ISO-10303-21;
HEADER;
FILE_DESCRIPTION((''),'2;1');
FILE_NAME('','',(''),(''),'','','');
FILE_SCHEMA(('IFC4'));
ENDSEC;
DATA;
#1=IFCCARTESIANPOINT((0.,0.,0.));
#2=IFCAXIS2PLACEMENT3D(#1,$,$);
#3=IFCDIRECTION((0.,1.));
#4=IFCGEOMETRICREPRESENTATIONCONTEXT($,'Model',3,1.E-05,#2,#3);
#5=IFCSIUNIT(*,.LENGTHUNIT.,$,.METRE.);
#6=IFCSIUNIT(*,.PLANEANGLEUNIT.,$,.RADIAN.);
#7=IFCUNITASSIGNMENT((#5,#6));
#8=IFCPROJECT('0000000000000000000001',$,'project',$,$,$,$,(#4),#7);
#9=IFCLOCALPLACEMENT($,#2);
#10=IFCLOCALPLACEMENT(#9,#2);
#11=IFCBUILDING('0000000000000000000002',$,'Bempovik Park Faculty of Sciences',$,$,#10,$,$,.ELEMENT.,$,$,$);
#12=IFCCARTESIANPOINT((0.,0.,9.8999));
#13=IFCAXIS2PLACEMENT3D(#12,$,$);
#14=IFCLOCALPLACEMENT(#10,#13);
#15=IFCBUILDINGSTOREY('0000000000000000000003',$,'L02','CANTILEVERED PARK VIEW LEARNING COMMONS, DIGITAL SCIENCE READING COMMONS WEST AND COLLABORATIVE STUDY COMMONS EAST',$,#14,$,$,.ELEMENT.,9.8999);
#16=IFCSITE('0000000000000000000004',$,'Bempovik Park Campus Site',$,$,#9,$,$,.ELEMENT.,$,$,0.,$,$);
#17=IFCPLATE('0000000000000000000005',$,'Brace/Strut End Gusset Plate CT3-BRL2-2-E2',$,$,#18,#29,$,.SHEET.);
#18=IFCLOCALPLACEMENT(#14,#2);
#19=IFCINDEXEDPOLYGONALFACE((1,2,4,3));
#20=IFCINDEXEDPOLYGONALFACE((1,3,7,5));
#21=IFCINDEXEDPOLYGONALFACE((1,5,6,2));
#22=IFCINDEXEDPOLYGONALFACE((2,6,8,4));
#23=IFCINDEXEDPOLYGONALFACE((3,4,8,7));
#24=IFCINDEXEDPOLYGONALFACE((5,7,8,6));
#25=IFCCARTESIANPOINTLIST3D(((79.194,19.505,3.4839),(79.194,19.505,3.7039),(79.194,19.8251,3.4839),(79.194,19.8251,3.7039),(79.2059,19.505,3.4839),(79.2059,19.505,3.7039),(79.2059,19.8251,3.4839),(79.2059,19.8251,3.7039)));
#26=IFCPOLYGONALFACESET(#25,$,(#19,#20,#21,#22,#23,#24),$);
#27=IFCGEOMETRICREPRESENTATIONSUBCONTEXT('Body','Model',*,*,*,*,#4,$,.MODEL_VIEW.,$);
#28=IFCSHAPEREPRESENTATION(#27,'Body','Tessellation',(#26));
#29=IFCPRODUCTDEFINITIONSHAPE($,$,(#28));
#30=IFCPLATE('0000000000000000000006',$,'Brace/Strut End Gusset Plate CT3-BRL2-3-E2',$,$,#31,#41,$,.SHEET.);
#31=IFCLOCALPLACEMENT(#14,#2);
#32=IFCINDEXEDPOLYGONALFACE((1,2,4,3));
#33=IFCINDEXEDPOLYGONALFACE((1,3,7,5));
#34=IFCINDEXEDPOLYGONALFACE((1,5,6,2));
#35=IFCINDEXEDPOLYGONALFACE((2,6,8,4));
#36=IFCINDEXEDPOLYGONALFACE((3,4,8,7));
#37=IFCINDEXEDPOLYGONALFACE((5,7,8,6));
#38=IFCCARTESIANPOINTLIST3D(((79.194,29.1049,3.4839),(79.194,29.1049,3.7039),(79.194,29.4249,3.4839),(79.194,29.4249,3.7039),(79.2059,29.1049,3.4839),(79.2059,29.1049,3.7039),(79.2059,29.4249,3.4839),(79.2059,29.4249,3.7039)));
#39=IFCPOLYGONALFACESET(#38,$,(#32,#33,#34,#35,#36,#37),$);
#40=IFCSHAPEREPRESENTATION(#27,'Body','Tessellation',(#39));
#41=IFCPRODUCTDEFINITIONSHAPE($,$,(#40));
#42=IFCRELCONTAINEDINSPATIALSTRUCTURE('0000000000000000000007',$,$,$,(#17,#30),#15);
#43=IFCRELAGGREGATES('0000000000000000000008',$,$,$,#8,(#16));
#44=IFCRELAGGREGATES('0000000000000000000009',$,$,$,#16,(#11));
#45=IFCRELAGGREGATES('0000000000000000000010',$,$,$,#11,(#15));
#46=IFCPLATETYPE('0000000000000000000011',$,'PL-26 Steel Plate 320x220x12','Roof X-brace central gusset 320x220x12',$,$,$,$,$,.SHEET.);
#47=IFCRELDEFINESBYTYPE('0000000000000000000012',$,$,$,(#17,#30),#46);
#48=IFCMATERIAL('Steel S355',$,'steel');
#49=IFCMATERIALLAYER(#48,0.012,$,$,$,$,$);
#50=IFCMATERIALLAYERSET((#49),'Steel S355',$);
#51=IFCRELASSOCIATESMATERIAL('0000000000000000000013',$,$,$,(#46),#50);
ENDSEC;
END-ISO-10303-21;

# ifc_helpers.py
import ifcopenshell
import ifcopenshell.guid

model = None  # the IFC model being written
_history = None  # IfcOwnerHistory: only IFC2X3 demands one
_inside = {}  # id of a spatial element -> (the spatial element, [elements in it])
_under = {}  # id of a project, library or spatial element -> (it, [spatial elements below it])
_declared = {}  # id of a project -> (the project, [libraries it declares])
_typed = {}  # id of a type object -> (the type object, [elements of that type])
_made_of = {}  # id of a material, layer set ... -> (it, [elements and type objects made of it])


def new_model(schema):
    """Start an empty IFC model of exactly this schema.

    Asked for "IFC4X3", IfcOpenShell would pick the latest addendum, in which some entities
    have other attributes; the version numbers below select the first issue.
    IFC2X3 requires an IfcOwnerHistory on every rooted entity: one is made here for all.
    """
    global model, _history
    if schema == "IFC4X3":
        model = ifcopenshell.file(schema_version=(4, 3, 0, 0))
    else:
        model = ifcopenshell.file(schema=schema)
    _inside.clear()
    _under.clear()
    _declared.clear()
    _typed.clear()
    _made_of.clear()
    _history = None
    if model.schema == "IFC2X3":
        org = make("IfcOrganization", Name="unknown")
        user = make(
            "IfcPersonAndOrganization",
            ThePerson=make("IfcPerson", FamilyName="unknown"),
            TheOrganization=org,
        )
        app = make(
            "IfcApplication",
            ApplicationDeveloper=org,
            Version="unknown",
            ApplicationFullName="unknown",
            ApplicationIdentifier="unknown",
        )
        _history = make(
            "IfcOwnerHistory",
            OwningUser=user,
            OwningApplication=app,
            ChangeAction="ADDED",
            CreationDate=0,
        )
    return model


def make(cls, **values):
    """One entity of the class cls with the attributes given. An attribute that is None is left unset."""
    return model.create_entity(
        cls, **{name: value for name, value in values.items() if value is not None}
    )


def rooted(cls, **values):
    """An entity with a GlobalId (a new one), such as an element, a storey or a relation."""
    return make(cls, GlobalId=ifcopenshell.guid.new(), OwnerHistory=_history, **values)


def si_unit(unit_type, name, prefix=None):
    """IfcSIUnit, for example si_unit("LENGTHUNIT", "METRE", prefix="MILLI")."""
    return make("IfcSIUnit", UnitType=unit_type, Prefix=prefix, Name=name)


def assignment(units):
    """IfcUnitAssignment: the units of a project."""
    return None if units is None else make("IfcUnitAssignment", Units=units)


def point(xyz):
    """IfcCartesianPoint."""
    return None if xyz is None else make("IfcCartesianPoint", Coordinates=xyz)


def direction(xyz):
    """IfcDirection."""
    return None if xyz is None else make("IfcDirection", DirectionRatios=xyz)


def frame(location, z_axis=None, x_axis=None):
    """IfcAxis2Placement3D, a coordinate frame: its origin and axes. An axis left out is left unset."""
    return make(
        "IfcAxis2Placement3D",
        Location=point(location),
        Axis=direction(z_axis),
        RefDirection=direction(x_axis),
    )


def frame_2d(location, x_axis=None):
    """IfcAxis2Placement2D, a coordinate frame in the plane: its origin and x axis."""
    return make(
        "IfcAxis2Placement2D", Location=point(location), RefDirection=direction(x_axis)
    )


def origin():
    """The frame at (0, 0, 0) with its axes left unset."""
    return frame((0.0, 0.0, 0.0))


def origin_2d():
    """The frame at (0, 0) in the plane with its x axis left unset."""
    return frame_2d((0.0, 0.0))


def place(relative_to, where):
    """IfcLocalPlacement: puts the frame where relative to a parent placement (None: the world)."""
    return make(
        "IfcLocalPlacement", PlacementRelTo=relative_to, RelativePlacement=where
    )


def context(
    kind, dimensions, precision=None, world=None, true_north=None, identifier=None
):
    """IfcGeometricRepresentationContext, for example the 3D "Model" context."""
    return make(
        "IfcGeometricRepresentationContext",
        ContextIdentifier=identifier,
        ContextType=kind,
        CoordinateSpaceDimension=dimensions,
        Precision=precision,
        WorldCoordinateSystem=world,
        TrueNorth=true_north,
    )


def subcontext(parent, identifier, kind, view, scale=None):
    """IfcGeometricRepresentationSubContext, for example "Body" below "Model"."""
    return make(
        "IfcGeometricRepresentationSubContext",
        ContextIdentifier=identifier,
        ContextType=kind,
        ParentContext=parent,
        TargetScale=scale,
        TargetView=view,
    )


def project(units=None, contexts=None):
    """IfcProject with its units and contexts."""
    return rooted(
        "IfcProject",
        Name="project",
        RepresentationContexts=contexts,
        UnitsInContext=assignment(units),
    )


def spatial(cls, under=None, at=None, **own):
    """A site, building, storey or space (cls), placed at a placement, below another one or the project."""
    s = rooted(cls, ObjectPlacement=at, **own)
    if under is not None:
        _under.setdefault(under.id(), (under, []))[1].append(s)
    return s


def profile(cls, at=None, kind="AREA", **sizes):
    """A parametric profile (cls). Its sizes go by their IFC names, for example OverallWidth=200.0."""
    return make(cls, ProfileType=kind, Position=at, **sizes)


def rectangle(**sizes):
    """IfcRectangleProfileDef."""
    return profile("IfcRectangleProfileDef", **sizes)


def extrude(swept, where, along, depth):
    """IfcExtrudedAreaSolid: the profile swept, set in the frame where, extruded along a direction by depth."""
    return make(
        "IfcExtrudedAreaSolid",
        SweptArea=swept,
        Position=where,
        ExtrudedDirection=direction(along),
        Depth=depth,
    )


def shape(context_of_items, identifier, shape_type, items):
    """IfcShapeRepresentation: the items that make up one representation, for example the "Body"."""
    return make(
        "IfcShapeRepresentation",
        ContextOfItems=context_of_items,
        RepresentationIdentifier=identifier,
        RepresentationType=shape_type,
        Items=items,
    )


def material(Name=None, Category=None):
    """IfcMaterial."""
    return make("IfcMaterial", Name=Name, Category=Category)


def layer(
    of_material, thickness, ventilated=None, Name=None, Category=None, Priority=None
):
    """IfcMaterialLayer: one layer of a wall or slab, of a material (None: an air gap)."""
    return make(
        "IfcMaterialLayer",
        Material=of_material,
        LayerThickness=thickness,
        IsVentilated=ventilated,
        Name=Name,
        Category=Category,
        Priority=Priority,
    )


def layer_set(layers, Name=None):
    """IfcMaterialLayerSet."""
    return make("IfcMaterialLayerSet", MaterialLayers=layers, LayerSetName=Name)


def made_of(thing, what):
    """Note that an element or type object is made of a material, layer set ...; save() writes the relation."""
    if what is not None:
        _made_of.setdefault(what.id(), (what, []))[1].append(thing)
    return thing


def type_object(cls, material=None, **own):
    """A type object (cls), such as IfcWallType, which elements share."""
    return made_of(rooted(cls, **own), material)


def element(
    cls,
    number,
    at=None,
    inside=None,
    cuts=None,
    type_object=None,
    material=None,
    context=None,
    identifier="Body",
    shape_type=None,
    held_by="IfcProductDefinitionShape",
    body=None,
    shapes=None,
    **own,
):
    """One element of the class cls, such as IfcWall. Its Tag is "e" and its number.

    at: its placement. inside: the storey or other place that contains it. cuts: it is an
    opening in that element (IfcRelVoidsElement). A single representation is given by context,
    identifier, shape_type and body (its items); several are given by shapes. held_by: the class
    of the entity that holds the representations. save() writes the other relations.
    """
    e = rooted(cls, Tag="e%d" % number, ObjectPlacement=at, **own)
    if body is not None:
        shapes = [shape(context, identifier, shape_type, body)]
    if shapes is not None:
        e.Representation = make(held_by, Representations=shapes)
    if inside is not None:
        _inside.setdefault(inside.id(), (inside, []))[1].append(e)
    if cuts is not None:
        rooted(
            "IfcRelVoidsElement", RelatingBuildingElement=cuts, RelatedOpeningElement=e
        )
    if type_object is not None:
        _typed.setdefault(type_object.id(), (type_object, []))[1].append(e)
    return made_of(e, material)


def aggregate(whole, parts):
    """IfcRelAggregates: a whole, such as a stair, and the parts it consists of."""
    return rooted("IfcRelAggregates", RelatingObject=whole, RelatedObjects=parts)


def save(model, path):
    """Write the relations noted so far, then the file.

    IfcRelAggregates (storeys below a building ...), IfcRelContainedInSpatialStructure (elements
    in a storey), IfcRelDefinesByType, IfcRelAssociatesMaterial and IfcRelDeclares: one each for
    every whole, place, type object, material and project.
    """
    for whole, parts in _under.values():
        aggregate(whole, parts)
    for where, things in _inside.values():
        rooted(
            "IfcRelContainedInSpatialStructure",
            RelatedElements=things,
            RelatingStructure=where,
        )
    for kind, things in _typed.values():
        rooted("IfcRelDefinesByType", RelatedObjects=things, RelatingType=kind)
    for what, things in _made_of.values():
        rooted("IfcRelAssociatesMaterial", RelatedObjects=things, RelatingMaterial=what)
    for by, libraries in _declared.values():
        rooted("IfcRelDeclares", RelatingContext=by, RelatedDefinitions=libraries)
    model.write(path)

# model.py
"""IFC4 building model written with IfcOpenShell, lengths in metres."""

from ifc_helpers import new_model, si_unit, direction, frame, origin, origin_2d, place, context, subcontext, project, spatial, rectangle, extrude, material, layer, layer_set, type_object, element, save


model = new_model("IFC4")

# Units and contexts
model_context = context("Model", 3, precision=1e-05, world=origin(), true_north=direction((0.0, 1.0)))
body_context = subcontext(model_context, "Body", "Model", "MODEL_VIEW")
ifc_project = project(units=[si_unit("LENGTHUNIT", "METRE"), si_unit("PLANEANGLEUNIT", "RADIAN")], contexts=[model_context])

# Site, building, storey
site_placement = place(None, origin())
site = spatial("IfcSite", under=ifc_project, at=site_placement, Name="Bempovik Park Campus Site", CompositionType="ELEMENT", RefElevation=0.0)
building_placement = place(site_placement, origin())
building = spatial("IfcBuilding", under=site, at=building_placement, Name="Bempovik Park Faculty of Sciences", CompositionType="ELEMENT")
storey_placement = place(building_placement, frame((0.0, 0.0, 9.8999)))
storey = spatial("IfcBuildingStorey", under=building, at=storey_placement, Name="L02", Description="CANTILEVERED PARK VIEW LEARNING COMMONS, DIGITAL SCIENCE READING COMMONS WEST AND COLLABORATIVE STUDY COMMONS EAST", CompositionType="ELEMENT", Elevation=9.8999)

# Shared definitions
ifc_material_1 = material(Name="Steel S355", Category="steel")

# Plates
ifc_layer_1 = layer(ifc_material_1, 0.012)
ifc_layer_set_1 = layer_set([ifc_layer_1], Name="Steel S355")
plate_type_1 = type_object("IfcPlateType", Name="PL-26 Steel Plate 320x220x12", Description="Roof X-brace central gusset 320x220x12", PredefinedType="SHEET", material=ifc_layer_set_1)
for number, where, z_axis, x_axis, name in (
    (1, (79.2, 19.665, 3.4839), (0.0, 0.0, 1.0), (1.0, 0.0, 0.0), "Brace/Strut End Gusset Plate CT3-BRL2-2-E2"),
    (2, (79.2, 29.2649, 3.4839), (0.0, 0.0, 1.0), (1.0, 0.0, 0.0), "Brace/Strut End Gusset Plate CT3-BRL2-3-E2"),
):
    element("IfcPlate", number, at=place(storey_placement, frame(where, z_axis=z_axis, x_axis=x_axis)), inside=storey, type_object=plate_type_1, Name=name, PredefinedType="SHEET", context=body_context, shape_type="SweptSolid", body=[
        extrude(rectangle(XDim=0.012, YDim=0.3201, at=origin_2d()), origin(), (0.0, 0.0, 1.0), 0.22),
    ])

save(model, "model.ifc")
